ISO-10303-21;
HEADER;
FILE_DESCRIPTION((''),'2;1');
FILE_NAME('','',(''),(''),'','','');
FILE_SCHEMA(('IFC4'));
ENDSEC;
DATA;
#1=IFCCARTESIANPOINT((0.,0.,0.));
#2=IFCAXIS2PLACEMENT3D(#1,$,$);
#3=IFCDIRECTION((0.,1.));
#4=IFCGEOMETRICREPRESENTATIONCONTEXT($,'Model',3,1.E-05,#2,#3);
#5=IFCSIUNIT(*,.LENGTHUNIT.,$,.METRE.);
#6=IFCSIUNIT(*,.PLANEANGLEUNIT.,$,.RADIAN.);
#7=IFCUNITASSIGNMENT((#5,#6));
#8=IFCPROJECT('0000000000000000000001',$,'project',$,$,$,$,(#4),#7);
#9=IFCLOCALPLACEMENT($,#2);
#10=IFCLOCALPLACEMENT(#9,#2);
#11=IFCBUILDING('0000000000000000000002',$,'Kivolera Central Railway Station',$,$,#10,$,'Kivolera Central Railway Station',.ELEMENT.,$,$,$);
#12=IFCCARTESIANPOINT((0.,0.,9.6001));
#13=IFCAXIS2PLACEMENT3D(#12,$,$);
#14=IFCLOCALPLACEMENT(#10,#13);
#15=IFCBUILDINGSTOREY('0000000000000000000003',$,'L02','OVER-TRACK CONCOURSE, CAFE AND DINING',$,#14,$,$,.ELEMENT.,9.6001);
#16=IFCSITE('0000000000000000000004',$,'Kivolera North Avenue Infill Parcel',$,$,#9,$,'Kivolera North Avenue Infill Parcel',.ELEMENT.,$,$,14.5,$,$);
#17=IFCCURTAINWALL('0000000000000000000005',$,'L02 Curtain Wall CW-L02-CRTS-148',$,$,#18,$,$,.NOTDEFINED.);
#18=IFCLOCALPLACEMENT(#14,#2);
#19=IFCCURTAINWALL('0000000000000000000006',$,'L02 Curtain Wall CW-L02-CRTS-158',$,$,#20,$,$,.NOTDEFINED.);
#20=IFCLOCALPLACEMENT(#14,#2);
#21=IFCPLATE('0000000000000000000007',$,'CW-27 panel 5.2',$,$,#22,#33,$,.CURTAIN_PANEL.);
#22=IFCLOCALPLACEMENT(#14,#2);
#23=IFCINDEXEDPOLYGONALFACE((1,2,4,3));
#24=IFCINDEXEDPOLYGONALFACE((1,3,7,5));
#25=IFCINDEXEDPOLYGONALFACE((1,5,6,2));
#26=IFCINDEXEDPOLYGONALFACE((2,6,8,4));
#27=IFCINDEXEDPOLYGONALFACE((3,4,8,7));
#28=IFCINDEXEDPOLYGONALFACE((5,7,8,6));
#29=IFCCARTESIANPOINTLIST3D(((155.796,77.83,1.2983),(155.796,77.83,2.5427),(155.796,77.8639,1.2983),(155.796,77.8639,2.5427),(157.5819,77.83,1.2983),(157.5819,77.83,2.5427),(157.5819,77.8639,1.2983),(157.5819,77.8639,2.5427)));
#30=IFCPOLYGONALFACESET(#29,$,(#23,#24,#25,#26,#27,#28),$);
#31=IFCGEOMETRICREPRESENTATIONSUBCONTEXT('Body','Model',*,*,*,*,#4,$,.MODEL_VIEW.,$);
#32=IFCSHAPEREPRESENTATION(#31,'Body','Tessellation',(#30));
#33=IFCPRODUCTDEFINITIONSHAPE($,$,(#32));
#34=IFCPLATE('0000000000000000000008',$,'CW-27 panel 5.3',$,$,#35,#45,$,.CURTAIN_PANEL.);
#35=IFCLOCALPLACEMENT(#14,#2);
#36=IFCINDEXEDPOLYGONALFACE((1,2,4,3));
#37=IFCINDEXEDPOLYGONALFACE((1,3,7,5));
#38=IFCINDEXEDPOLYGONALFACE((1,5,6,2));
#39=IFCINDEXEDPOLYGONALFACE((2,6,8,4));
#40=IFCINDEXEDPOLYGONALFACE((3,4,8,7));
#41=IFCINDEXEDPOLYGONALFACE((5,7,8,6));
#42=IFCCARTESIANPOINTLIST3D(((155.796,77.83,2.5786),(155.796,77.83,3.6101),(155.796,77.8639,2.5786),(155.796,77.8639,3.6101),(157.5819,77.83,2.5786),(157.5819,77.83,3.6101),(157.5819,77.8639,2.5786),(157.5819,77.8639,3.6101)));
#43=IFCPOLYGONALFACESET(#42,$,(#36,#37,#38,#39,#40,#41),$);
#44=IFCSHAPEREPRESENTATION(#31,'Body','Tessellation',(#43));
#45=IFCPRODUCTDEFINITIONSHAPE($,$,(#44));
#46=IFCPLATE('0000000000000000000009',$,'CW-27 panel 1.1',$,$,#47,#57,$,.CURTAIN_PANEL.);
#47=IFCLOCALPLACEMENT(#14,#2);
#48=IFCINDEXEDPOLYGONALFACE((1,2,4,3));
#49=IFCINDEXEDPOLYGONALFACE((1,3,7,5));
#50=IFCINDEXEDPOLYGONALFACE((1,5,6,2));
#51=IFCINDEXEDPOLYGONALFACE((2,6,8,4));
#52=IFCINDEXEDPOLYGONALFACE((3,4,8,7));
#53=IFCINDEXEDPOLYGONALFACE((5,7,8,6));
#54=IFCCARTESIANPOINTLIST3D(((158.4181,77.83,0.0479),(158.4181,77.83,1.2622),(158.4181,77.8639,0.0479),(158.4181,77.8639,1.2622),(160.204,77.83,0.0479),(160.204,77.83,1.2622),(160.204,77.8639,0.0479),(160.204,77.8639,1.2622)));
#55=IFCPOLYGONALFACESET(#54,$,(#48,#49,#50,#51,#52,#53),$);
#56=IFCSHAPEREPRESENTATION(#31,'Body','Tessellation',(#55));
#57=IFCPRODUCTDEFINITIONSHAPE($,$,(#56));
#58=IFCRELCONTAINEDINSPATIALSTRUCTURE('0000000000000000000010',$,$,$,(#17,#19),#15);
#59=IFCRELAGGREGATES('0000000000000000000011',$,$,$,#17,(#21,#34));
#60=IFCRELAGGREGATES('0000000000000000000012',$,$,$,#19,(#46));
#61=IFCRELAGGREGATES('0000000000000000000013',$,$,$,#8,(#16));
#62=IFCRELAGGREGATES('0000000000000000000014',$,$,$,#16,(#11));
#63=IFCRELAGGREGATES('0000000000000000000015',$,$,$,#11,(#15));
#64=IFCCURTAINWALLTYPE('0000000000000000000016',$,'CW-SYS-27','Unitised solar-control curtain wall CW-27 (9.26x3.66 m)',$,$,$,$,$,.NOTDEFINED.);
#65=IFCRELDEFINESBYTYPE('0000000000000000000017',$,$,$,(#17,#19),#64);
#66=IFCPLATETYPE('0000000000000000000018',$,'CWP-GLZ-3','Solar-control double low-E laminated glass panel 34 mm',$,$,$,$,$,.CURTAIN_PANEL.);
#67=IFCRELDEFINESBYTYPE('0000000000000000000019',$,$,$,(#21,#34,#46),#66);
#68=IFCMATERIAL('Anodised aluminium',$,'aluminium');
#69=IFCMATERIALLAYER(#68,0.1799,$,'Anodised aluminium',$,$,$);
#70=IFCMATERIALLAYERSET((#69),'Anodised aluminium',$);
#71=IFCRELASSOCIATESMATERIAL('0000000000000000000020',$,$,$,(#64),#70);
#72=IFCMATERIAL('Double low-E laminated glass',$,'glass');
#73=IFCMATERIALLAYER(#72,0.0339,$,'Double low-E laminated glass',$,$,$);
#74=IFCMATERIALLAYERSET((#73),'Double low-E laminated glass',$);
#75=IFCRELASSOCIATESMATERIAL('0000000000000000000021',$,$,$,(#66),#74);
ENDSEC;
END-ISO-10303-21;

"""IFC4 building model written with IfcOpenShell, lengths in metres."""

from ifc_helpers import new_model, si_unit, direction, frame, origin, origin_2d, place, context, subcontext, project, spatial, rectangle, extrude, material, layer, layer_set, type_object, element, aggregate, save


model = new_model("IFC4")

# Units and contexts
model_context = context("Model", 3, precision=1e-05, world=origin(), true_north=direction((0.0, 1.0)))
body_context = subcontext(model_context, "Body", "Model", "MODEL_VIEW")
ifc_project = project(units=[si_unit("LENGTHUNIT", "METRE"), si_unit("PLANEANGLEUNIT", "RADIAN")], contexts=[model_context])

# Site, building, storey
site_placement = place(None, origin())
site = spatial("IfcSite", under=ifc_project, at=site_placement, Name="Kivolera North Avenue Infill Parcel", LongName="Kivolera North Avenue Infill Parcel", CompositionType="ELEMENT", RefElevation=14.5)
building_placement = place(site_placement, origin())
building = spatial("IfcBuilding", under=site, at=building_placement, Name="Kivolera Central Railway Station", LongName="Kivolera Central Railway Station", CompositionType="ELEMENT")
storey_placement = place(building_placement, frame((0.0, 0.0, 9.6001)))
storey = spatial("IfcBuildingStorey", under=building, at=storey_placement, Name="L02", Description="OVER-TRACK CONCOURSE, CAFE AND DINING", CompositionType="ELEMENT", Elevation=9.6001)

# Curtain wall
ifc_material_1 = material(Name="Anodised aluminium", Category="aluminium")
ifc_layer_1 = layer(ifc_material_1, 0.1799, Name="Anodised aluminium")
ifc_layer_set_1 = layer_set([ifc_layer_1], Name="Anodised aluminium")
curtain_wall_type = type_object("IfcCurtainWallType", Name="CW-SYS-27", Description="Unitised solar-control curtain wall CW-27 (9.26x3.66 m)", PredefinedType="NOTDEFINED", material=ifc_layer_set_1)
curtain_wall_1_placement = place(storey_placement, origin())
curtain_wall_1 = element("IfcCurtainWall", 1, at=curtain_wall_1_placement, inside=storey, type_object=curtain_wall_type, Name="L02 Curtain Wall CW-L02-CRTS-148", PredefinedType="NOTDEFINED")

# Curtain wall
curtain_wall_2_placement = place(storey_placement, origin())
curtain_wall_2 = element("IfcCurtainWall", 2, at=curtain_wall_2_placement, inside=storey, type_object=curtain_wall_type, Name="L02 Curtain Wall CW-L02-CRTS-158", PredefinedType="NOTDEFINED")

# Plates
ifc_material_2 = material(Name="Double low-E laminated glass", Category="glass")
ifc_layer_2 = layer(ifc_material_2, 0.0339, Name="Double low-E laminated glass")
ifc_layer_set_2 = layer_set([ifc_layer_2], Name="Double low-E laminated glass")
plate_type = type_object("IfcPlateType", Name="CWP-GLZ-3", Description="Solar-control double low-E laminated glass panel 34 mm", PredefinedType="CURTAIN_PANEL", material=ifc_layer_set_2)
plate_1_placement = place(storey_placement, frame((156.689, 77.8469, 1.2983), z_axis=(0.0, 0.0, 1.0), x_axis=(1.0, 0.0, 0.0)))
plate_1 = element("IfcPlate", 3, at=plate_1_placement, type_object=plate_type, Name="CW-27 panel 5.2", PredefinedType="CURTAIN_PANEL", context=body_context, shape_type="SweptSolid", body=[
    extrude(rectangle(XDim=1.7859, YDim=0.0339, at=origin_2d()), origin(), (0.0, 0.0, 1.0), 1.2444),
])
plate_2_placement = place(storey_placement, frame((156.689, 77.8469, 2.5786), z_axis=(0.0, 0.0, 1.0), x_axis=(1.0, 0.0, 0.0)))
plate_2 = element("IfcPlate", 4, at=plate_2_placement, type_object=plate_type, Name="CW-27 panel 5.3", PredefinedType="CURTAIN_PANEL", context=body_context, shape_type="SweptSolid", body=[
    extrude(rectangle(XDim=1.7859, YDim=0.0339, at=origin_2d()), origin(), (0.0, 0.0, 1.0), 1.0315),
])
aggregate(curtain_wall_1, [plate_1, plate_2])
plate_3_placement = place(storey_placement, frame((159.311, 77.8469, 0.0479), z_axis=(0.0, 0.0, 1.0), x_axis=(1.0, 0.0, 0.0)))
plate_3 = element("IfcPlate", 5, at=plate_3_placement, type_object=plate_type, Name="CW-27 panel 1.1", PredefinedType="CURTAIN_PANEL", context=body_context, shape_type="SweptSolid", body=[
    extrude(rectangle(XDim=1.7859, YDim=0.0339, at=origin_2d()), origin(), (0.0, 0.0, 1.0), 1.2144),
])
aggregate(curtain_wall_2, [plate_3])

save(model, "model.ifc")
